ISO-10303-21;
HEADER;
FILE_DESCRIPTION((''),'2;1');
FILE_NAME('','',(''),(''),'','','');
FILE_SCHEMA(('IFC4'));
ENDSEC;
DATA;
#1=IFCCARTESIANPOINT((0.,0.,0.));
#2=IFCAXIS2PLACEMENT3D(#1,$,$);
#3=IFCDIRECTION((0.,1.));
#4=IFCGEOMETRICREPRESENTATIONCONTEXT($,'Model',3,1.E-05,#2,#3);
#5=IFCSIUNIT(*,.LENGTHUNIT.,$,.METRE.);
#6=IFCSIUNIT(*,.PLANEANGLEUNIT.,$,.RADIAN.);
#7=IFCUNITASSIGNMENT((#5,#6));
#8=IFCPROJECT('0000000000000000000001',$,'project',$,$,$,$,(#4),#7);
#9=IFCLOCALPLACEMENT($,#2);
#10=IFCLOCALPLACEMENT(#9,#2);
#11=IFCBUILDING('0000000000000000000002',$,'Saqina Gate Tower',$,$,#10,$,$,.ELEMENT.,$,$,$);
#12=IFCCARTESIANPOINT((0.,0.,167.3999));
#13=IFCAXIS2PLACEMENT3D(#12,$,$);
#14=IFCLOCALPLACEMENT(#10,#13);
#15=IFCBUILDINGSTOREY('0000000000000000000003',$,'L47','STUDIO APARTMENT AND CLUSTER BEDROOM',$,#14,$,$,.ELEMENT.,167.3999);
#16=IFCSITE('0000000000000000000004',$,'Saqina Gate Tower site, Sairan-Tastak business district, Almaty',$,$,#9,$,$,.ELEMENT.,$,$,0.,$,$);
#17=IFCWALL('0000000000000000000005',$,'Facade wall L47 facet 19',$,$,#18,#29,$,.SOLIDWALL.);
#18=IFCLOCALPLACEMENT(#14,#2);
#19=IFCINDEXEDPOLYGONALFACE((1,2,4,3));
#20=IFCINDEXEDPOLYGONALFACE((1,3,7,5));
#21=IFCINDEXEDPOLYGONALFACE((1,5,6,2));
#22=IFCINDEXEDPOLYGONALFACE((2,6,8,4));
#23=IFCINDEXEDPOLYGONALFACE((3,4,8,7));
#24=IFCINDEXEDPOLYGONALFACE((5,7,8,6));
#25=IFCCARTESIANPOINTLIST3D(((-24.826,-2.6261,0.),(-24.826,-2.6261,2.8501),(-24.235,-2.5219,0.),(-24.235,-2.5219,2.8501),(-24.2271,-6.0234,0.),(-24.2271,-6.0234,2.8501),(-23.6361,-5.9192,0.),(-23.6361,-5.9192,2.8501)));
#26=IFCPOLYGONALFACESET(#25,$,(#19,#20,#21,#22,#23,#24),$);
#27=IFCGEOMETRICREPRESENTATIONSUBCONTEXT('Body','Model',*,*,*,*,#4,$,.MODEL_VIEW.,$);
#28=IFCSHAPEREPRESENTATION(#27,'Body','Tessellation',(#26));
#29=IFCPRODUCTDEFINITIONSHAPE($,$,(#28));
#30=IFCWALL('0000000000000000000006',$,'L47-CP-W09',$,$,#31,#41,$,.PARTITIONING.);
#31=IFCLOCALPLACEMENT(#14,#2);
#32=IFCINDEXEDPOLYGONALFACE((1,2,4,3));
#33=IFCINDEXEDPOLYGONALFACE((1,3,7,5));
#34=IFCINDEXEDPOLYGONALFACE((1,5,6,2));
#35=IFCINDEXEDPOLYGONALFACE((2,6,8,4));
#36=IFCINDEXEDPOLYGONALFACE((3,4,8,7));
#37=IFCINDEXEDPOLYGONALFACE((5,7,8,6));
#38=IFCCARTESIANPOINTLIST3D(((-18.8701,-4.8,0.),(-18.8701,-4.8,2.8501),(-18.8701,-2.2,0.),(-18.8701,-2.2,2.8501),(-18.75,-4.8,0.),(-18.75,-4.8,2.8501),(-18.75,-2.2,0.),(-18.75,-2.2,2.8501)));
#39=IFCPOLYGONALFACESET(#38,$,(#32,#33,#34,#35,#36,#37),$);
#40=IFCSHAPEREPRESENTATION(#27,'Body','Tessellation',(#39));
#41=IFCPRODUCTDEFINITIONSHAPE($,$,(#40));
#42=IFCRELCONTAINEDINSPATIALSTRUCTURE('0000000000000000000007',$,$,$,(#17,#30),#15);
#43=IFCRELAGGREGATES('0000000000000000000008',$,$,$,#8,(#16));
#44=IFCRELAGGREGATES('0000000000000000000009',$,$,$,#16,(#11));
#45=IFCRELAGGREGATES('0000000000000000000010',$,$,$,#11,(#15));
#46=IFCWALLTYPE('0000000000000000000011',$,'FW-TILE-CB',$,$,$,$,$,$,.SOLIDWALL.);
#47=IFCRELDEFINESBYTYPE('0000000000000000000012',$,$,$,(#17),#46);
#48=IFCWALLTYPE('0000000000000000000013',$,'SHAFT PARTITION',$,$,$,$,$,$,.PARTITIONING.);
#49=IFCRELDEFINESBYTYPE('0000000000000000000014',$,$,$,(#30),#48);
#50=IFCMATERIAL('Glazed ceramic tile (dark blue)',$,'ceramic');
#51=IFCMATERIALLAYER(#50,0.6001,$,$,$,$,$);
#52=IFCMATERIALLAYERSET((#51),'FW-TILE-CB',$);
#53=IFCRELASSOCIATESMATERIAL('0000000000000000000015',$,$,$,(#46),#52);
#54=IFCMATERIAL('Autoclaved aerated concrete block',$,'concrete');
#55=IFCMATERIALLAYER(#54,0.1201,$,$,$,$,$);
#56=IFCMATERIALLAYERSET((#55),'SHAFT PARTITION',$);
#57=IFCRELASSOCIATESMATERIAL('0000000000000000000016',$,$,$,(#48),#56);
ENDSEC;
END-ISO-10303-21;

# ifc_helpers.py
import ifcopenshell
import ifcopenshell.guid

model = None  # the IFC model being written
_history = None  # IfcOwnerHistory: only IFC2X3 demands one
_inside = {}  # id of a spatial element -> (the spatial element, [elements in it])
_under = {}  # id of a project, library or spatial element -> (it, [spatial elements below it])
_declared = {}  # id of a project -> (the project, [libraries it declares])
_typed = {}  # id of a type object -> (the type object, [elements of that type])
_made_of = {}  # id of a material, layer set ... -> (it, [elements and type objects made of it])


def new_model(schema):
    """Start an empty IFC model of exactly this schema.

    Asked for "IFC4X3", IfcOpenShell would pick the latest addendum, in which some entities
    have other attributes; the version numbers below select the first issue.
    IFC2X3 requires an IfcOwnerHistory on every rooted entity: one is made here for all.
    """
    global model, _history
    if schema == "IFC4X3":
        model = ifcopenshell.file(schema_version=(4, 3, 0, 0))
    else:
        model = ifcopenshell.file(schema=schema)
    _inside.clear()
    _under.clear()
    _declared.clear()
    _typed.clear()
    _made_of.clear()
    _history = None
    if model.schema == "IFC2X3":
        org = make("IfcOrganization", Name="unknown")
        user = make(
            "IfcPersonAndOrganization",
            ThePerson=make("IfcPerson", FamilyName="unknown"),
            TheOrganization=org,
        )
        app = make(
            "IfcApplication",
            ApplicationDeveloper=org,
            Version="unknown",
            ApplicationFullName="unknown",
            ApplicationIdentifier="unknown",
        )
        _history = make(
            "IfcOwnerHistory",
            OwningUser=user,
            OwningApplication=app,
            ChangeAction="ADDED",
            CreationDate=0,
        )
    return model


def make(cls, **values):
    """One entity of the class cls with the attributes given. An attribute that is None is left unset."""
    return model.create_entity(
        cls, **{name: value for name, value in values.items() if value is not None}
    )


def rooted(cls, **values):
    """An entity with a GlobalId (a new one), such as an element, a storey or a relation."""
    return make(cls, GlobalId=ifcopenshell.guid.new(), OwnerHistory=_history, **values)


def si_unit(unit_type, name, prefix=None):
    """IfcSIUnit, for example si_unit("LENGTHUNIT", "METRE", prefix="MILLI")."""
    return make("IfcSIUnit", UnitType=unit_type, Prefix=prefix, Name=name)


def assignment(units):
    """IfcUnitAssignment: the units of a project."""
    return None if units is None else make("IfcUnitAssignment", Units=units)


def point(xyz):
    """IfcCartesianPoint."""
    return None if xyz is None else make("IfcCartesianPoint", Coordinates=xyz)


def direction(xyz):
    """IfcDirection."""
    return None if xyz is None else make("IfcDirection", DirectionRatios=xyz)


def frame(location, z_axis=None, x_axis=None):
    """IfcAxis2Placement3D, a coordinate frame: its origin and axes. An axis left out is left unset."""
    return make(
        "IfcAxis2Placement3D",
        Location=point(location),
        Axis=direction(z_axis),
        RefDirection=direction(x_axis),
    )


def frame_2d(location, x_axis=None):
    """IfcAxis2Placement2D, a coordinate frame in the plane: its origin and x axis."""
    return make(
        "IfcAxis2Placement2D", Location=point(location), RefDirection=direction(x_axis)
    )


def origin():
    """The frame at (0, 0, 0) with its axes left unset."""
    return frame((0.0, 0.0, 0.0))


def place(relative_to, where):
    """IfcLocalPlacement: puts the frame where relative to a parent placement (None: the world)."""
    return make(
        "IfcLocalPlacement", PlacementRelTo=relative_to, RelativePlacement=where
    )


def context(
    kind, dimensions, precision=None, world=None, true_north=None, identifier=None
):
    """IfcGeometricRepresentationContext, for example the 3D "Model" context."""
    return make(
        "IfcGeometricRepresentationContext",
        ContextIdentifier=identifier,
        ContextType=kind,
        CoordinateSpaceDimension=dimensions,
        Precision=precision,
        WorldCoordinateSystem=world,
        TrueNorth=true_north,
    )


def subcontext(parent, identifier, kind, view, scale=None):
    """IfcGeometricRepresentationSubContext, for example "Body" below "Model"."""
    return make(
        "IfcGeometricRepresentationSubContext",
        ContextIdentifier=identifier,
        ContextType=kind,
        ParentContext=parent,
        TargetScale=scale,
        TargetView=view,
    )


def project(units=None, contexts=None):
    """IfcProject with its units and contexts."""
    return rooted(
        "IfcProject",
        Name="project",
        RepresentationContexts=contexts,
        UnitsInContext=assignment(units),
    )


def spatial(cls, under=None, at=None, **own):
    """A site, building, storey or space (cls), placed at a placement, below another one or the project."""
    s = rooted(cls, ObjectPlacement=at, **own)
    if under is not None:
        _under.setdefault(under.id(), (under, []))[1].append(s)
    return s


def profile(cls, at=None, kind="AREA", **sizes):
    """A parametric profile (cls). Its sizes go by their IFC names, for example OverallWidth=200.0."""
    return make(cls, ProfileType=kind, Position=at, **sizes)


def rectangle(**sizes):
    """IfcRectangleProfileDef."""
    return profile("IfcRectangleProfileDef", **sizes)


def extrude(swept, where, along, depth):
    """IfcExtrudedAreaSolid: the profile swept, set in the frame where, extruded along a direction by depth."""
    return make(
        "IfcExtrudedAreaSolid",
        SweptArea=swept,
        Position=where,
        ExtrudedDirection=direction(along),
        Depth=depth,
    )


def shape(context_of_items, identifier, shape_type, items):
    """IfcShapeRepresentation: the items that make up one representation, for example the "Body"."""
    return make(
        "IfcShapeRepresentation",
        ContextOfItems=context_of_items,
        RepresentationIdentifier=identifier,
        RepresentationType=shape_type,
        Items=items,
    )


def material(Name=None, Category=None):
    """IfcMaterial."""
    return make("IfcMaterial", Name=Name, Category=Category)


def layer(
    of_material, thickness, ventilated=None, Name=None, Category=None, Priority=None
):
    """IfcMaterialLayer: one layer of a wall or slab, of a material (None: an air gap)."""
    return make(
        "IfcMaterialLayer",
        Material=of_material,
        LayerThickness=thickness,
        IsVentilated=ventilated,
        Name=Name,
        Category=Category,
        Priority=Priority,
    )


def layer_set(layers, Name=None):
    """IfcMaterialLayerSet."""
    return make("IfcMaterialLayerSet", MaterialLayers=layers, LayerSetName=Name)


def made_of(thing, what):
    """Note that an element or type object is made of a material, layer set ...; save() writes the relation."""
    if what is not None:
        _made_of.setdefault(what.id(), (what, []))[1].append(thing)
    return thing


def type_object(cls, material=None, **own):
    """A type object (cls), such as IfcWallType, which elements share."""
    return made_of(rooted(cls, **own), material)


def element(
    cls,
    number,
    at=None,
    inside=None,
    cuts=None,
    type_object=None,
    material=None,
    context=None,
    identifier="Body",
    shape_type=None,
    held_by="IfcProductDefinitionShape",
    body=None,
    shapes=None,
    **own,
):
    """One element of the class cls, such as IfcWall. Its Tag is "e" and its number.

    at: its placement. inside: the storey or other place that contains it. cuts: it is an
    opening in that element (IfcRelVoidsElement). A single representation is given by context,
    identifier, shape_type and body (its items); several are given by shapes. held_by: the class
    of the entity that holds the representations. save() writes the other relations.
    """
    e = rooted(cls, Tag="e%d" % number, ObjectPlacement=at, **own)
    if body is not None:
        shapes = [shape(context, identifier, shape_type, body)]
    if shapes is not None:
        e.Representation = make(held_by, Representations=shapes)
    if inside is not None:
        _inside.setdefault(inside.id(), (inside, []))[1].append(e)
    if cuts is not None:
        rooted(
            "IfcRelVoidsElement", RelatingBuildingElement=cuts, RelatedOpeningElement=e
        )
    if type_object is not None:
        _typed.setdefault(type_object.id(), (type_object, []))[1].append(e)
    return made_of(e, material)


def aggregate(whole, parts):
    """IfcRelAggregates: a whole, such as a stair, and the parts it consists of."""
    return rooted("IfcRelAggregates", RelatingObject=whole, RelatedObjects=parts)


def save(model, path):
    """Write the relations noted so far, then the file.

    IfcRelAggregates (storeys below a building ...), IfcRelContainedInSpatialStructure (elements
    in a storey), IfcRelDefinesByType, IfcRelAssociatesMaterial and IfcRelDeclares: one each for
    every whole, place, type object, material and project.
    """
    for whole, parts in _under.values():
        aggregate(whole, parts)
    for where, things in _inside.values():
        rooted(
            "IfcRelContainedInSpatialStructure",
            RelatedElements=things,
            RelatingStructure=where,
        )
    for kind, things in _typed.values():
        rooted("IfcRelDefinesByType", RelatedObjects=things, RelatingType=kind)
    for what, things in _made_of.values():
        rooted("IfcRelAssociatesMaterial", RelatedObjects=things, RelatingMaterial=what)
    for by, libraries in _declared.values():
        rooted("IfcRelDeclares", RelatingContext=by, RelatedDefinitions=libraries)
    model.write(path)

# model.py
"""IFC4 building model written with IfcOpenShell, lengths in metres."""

from ifc_helpers import new_model, si_unit, direction, frame, frame_2d, origin, place, context, subcontext, project, spatial, rectangle, extrude, material, layer, layer_set, type_object, element, save


model = new_model("IFC4")

# Units and contexts
model_context = context("Model", 3, precision=1e-05, world=origin(), true_north=direction((0.0, 1.0)))
body_context = subcontext(model_context, "Body", "Model", "MODEL_VIEW")
ifc_project = project(units=[si_unit("LENGTHUNIT", "METRE"), si_unit("PLANEANGLEUNIT", "RADIAN")], contexts=[model_context])

# Site, building, storey
site_placement = place(None, origin())
site = spatial("IfcSite", under=ifc_project, at=site_placement, Name="Saqina Gate Tower site, Sairan-Tastak business district, Almaty", CompositionType="ELEMENT", RefElevation=0.0)
building_placement = place(site_placement, origin())
building = spatial("IfcBuilding", under=site, at=building_placement, Name="Saqina Gate Tower", CompositionType="ELEMENT")
storey_placement = place(building_placement, frame((0.0, 0.0, 167.3999)))
storey = spatial("IfcBuildingStorey", under=building, at=storey_placement, Name="L47", Description="STUDIO APARTMENT AND CLUSTER BEDROOM", CompositionType="ELEMENT", Elevation=167.3999)

# Walls
ifc_material_1 = material(Name="Glazed ceramic tile (dark blue)", Category="ceramic")
ifc_layer_1 = layer(ifc_material_1, 0.6001)
ifc_layer_set_1 = layer_set([ifc_layer_1], Name="FW-TILE-CB")
wall_type_1 = type_object("IfcWallType", Name="FW-TILE-CB", PredefinedType="SOLIDWALL", material=ifc_layer_set_1)
wall_1_placement = place(storey_placement, frame((-24.5305, -2.574, 0.0), z_axis=(0.0, 0.0, 1.0), x_axis=(0.173608, -0.984815, 0.0)))
element("IfcWall", 1, at=wall_1_placement, inside=storey, type_object=wall_type_1, Name="Facade wall L47 facet 19", PredefinedType="SOLIDWALL", context=body_context, shape_type="SweptSolid", body=[
    extrude(rectangle(XDim=3.4497, YDim=0.6001, at=frame_2d((1.7249, 0.0))), origin(), (0.0, 0.0, 1.0), 2.8501),
])
ifc_material_2 = material(Name="Autoclaved aerated concrete block", Category="concrete")
ifc_layer_2 = layer(ifc_material_2, 0.1201)
ifc_layer_set_2 = layer_set([ifc_layer_2], Name="SHAFT PARTITION")
wall_type_2 = type_object("IfcWallType", Name="SHAFT PARTITION", PredefinedType="PARTITIONING", material=ifc_layer_set_2)
wall_2_placement = place(storey_placement, frame((-18.8101, -4.8, 0.0), z_axis=(0.0, 0.0, 1.0), x_axis=(0.0, 1.0, 0.0)))
element("IfcWall", 2, at=wall_2_placement, inside=storey, type_object=wall_type_2, Name="L47-CP-W09", PredefinedType="PARTITIONING", context=body_context, shape_type="SweptSolid", body=[
    extrude(rectangle(XDim=2.6001, YDim=0.1201, at=frame_2d((1.3, 0.0))), origin(), (0.0, 0.0, 1.0), 2.8501),
])

save(model, "model.ifc")
